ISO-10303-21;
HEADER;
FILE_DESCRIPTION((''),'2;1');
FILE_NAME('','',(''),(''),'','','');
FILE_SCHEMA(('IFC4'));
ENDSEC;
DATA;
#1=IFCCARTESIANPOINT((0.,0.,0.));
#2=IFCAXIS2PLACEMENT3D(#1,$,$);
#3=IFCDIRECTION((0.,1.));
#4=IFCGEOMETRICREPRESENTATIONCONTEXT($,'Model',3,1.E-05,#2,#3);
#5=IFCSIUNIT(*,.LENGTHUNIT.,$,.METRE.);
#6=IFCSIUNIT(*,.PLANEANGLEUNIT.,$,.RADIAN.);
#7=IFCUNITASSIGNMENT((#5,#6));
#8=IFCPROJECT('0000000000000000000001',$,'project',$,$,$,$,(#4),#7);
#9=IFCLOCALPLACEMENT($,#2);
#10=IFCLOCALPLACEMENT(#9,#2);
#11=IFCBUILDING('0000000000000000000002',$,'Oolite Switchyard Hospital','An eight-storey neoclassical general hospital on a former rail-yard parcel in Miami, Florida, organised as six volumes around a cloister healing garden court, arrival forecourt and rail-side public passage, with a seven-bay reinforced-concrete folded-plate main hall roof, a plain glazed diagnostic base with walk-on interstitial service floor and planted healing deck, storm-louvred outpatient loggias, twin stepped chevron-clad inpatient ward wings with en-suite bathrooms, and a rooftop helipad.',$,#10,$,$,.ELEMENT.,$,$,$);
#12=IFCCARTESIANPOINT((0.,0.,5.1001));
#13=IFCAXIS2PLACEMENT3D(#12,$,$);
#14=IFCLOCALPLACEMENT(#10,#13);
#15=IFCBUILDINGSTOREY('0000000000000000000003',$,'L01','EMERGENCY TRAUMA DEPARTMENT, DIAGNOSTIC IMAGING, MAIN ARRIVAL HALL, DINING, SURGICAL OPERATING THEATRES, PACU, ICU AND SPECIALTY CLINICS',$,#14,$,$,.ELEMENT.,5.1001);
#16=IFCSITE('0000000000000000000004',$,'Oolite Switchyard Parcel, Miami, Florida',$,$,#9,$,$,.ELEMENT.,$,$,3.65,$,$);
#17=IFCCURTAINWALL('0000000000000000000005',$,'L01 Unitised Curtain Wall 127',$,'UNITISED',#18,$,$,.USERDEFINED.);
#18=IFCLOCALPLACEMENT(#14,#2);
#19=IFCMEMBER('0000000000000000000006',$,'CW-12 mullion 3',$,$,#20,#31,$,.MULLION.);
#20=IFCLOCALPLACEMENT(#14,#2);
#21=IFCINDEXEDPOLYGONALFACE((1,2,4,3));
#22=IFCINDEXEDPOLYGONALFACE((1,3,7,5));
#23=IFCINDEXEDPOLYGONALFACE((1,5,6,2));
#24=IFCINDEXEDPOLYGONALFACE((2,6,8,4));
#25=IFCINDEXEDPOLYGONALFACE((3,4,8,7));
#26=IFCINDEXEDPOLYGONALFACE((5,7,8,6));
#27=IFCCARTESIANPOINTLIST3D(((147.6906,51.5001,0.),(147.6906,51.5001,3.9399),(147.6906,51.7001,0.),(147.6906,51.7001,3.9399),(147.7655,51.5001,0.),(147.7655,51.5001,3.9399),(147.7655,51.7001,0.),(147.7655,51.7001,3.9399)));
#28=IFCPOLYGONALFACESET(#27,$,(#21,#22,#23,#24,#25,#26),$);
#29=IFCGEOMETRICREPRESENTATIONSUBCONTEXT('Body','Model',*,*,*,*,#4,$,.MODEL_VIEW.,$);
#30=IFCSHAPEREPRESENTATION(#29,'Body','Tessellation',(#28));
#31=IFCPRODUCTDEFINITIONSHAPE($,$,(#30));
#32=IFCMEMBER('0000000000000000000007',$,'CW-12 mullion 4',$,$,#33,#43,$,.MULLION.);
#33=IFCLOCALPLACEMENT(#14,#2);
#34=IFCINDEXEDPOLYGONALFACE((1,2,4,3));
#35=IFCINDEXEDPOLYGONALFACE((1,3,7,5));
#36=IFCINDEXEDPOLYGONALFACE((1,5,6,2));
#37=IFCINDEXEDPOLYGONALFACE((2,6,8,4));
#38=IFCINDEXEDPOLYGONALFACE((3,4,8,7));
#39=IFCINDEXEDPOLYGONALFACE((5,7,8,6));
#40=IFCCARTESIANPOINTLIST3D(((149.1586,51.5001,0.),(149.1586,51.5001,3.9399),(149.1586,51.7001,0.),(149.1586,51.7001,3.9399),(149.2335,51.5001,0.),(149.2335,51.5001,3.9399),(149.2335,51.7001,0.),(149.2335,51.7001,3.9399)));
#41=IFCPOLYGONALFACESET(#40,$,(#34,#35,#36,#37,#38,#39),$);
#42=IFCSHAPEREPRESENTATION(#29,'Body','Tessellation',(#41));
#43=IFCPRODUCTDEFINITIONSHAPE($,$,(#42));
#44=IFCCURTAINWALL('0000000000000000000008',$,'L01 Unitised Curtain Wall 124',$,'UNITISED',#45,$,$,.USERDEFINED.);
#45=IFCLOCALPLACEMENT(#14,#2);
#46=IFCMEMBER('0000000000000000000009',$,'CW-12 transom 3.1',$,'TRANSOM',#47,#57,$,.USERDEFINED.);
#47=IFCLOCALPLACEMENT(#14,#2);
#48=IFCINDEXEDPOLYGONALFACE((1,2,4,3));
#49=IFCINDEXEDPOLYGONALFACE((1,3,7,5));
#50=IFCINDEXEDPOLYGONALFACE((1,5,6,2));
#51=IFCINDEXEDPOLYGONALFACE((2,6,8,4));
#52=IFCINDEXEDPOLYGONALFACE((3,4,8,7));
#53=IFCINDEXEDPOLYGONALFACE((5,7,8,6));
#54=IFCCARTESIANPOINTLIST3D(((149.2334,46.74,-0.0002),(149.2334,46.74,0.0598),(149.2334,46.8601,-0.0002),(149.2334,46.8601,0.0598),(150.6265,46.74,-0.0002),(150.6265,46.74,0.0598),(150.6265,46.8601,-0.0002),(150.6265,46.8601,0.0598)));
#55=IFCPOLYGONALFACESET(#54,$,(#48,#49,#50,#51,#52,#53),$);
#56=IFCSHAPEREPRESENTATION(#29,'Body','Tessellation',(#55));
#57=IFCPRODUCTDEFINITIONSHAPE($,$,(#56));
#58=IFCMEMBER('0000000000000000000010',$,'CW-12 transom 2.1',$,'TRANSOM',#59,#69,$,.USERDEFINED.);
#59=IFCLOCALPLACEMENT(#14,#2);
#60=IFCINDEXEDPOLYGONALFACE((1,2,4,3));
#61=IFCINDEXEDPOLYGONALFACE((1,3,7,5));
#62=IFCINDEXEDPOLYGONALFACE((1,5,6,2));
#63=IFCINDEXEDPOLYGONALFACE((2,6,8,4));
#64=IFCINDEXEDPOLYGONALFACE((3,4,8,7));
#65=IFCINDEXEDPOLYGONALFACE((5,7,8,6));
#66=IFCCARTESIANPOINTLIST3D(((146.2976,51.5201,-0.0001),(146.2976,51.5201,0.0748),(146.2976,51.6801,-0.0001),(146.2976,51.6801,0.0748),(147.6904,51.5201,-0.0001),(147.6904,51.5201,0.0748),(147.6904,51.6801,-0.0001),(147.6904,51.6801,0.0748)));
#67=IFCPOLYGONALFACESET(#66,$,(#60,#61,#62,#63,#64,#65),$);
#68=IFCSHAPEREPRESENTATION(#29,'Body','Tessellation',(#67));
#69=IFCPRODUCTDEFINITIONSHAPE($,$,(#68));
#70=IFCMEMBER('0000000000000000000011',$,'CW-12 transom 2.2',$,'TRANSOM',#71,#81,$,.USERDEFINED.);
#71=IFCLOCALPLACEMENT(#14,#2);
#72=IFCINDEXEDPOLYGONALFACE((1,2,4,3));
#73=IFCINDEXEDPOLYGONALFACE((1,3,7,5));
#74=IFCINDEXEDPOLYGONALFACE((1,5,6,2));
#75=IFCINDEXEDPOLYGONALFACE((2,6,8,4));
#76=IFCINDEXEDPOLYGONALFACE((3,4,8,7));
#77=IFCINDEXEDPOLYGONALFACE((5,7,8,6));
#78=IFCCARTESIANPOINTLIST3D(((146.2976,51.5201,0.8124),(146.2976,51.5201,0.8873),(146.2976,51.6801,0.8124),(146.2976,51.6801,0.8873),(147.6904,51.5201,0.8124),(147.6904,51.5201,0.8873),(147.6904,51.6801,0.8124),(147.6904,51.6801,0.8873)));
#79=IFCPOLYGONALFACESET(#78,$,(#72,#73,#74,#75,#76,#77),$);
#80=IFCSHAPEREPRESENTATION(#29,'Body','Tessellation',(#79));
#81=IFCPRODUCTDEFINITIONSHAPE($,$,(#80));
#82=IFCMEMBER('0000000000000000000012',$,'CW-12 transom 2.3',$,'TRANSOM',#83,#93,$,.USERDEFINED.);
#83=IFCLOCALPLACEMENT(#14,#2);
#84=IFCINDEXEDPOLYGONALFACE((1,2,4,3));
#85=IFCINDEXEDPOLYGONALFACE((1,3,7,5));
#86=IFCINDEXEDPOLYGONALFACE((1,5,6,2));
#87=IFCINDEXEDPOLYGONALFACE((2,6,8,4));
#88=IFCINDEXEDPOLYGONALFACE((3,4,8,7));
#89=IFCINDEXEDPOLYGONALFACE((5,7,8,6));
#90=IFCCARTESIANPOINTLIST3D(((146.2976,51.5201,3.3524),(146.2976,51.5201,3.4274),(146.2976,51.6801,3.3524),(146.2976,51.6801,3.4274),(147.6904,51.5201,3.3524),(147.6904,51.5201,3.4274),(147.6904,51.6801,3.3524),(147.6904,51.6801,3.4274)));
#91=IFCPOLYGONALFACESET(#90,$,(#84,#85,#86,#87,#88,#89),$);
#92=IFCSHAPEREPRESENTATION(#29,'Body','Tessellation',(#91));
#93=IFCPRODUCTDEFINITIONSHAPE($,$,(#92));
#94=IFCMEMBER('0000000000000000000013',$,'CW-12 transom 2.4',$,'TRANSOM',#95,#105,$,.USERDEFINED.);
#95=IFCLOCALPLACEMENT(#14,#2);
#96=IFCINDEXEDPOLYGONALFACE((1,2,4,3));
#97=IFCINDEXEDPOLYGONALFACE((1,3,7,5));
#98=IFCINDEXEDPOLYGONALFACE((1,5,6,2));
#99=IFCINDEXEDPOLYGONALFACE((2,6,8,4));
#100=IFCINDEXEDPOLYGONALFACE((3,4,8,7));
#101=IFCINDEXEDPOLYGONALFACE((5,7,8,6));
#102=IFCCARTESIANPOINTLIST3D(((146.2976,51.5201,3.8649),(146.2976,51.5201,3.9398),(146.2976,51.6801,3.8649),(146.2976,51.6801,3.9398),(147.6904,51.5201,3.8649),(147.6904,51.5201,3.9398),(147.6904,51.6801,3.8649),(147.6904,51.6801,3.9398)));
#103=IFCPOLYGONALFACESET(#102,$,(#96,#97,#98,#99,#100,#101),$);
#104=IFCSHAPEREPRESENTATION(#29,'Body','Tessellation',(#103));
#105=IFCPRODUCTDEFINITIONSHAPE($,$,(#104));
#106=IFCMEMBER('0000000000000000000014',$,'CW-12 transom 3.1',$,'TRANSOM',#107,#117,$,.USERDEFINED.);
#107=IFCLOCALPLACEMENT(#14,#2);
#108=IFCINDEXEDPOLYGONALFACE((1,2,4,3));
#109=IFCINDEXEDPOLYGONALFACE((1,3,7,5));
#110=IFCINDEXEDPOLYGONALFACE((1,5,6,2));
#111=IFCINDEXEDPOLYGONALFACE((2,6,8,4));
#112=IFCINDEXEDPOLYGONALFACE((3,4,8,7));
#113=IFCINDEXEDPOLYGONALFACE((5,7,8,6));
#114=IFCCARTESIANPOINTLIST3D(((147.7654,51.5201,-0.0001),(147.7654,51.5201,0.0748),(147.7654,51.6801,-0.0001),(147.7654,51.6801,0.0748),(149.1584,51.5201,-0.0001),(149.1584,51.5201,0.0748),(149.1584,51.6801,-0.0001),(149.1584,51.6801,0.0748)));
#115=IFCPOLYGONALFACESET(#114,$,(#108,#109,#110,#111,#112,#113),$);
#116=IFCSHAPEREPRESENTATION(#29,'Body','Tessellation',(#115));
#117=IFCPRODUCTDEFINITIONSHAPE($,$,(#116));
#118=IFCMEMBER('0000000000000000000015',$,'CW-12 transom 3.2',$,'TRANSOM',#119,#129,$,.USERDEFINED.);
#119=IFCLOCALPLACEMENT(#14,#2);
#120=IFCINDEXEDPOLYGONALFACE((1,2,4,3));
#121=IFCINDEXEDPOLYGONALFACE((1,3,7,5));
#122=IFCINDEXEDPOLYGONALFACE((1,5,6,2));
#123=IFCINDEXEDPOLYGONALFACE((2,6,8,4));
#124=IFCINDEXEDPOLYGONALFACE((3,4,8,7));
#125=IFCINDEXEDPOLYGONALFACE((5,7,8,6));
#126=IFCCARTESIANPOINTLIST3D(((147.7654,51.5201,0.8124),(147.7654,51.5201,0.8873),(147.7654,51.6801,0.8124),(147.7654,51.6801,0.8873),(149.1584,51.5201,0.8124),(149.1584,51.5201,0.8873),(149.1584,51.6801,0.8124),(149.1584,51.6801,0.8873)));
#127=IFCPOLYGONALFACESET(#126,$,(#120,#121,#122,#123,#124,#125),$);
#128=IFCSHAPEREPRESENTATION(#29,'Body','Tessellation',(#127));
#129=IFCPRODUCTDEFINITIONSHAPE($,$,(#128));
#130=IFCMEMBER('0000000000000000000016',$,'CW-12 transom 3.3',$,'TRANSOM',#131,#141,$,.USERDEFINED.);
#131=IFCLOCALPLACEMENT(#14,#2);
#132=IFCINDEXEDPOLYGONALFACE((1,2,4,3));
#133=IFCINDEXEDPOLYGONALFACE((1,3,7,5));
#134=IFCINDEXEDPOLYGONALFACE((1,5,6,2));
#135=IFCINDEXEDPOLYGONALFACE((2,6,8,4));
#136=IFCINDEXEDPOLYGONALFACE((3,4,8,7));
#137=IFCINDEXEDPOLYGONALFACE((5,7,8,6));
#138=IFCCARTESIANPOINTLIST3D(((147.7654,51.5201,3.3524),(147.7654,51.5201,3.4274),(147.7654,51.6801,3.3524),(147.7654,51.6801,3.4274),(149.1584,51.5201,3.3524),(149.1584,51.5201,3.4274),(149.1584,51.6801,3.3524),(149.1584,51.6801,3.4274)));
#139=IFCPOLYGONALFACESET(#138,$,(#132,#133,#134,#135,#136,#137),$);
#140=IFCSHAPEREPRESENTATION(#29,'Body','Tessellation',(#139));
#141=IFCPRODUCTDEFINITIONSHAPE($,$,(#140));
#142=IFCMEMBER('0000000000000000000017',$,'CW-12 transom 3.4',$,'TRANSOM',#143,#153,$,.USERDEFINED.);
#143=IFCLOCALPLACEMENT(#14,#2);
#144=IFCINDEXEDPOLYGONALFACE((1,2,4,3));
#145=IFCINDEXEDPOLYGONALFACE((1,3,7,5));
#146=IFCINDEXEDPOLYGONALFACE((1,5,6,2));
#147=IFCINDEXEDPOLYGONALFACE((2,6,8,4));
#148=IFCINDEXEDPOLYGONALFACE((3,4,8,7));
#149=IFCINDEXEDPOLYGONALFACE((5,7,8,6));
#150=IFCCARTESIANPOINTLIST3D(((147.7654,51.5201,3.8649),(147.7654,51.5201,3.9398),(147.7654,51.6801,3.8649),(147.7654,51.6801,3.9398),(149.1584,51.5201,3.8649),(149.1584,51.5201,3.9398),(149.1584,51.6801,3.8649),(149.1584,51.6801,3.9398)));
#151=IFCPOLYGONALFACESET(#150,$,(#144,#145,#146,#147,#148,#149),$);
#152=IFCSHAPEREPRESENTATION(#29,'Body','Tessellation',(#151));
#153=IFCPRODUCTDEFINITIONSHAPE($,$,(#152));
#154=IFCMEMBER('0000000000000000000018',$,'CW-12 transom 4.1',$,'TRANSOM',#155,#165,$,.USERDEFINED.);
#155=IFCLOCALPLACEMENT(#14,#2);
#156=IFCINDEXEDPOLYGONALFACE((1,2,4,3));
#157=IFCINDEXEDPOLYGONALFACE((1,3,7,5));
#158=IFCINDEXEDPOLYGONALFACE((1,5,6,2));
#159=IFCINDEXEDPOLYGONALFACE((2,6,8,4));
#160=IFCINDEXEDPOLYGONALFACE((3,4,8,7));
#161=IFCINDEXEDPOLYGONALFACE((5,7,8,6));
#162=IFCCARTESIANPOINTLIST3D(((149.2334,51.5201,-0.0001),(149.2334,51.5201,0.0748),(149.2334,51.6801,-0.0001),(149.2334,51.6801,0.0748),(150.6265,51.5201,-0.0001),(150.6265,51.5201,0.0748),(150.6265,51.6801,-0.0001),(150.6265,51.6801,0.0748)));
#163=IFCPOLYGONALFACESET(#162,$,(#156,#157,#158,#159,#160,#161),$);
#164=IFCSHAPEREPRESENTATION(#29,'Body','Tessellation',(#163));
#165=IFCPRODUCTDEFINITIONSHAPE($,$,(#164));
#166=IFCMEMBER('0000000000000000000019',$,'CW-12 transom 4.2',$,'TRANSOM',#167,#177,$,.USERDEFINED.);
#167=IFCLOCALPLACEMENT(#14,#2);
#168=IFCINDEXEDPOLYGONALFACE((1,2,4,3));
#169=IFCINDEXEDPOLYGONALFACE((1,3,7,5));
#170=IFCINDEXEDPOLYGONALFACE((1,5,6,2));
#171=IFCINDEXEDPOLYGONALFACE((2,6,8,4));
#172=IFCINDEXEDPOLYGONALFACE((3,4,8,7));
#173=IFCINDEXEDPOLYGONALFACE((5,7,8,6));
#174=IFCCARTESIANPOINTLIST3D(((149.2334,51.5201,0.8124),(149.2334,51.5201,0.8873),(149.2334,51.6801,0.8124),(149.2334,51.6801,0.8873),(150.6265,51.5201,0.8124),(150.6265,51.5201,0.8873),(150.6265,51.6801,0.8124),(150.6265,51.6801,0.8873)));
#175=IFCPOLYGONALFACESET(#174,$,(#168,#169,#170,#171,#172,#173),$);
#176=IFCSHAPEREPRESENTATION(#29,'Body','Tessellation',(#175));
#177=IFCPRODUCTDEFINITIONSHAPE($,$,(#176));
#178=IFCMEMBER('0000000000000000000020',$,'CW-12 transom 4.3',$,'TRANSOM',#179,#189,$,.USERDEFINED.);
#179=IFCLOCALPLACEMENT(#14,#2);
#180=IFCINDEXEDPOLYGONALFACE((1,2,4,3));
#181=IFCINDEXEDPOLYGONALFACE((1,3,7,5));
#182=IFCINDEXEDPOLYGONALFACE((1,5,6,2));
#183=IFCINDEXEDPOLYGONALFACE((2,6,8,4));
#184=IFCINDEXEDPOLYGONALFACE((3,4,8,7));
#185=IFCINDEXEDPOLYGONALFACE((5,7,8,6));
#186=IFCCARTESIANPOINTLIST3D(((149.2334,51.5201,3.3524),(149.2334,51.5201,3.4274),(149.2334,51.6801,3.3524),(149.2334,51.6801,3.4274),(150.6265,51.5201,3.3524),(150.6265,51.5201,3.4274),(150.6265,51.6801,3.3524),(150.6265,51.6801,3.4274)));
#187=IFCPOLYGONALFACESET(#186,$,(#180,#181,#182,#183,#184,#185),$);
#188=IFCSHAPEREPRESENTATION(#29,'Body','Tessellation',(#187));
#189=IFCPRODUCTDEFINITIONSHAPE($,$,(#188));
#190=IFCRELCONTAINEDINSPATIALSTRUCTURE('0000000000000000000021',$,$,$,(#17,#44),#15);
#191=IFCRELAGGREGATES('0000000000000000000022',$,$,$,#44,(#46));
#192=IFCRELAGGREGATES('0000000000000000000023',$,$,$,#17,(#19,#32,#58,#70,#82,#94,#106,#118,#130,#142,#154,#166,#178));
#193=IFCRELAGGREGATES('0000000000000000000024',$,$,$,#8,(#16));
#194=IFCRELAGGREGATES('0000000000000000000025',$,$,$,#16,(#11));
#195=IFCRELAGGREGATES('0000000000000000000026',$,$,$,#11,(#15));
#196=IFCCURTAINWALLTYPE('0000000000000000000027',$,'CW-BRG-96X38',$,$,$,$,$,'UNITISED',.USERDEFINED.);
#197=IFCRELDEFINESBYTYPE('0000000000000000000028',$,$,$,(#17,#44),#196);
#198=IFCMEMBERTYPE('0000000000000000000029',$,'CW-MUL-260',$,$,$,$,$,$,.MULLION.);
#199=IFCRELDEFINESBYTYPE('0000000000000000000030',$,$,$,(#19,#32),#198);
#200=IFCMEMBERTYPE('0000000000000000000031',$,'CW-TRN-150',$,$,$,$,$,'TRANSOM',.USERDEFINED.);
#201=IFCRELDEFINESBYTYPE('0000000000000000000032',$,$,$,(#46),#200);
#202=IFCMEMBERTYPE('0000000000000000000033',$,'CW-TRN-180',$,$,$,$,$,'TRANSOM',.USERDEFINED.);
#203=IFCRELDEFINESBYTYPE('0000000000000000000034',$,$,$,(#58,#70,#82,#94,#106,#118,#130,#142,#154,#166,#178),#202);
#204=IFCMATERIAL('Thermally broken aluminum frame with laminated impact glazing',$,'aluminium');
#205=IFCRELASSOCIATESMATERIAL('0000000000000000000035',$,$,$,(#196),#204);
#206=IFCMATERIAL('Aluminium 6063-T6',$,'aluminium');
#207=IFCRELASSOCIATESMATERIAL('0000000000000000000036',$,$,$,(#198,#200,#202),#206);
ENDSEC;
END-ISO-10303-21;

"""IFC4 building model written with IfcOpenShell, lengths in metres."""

from ifc_helpers import new_model, si_unit, direction, frame, origin, origin_2d, place, context, subcontext, project, spatial, rectangle, extrude, material, material_profile, profile_set, type_object, element, aggregate, save


model = new_model("IFC4")

# Units and contexts
model_context = context("Model", 3, precision=1e-05, world=origin(), true_north=direction((0.0, 1.0)))
body_context = subcontext(model_context, "Body", "Model", "MODEL_VIEW")
ifc_project = project(units=[si_unit("LENGTHUNIT", "METRE"), si_unit("PLANEANGLEUNIT", "RADIAN")], contexts=[model_context])

# Site, building, storey
site_placement = place(None, origin())
site = spatial("IfcSite", under=ifc_project, at=site_placement, Name="Oolite Switchyard Parcel, Miami, Florida", CompositionType="ELEMENT", RefElevation=3.65)
building_placement = place(site_placement, origin())
building = spatial("IfcBuilding", under=site, at=building_placement, Name="Oolite Switchyard Hospital", Description="An eight-storey neoclassical general hospital on a former rail-yard parcel in Miami, Florida, organised as six volumes around a cloister healing garden court, arrival forecourt and rail-side public passage, with a seven-bay reinforced-concrete folded-plate main hall roof, a plain glazed diagnostic base with walk-on interstitial service floor and planted healing deck, storm-louvred outpatient loggias, twin stepped chevron-clad inpatient ward wings with en-suite bathrooms, and a rooftop helipad.", CompositionType="ELEMENT")
storey_placement = place(building_placement, frame((0.0, 0.0, 5.1001)))
storey = spatial("IfcBuildingStorey", under=building, at=storey_placement, Name="L01", Description="EMERGENCY TRAUMA DEPARTMENT, DIAGNOSTIC IMAGING, MAIN ARRIVAL HALL, DINING, SURGICAL OPERATING THEATRES, PACU, ICU AND SPECIALTY CLINICS", CompositionType="ELEMENT", Elevation=5.1001)

# Curtain wall, members
ifc_material_1 = material(Name="Thermally broken aluminum frame with laminated impact glazing", Category="aluminium")
curtain_wall_type = type_object("IfcCurtainWallType", Name="CW-BRG-96X38", ElementType="UNITISED", PredefinedType="USERDEFINED", material=ifc_material_1)
curtain_wall_1_placement = place(storey_placement, origin())
curtain_wall_1 = element("IfcCurtainWall", 1, at=curtain_wall_1_placement, inside=storey, type_object=curtain_wall_type, Name="L01 Unitised Curtain Wall 127", ObjectType="UNITISED", PredefinedType="USERDEFINED")
ifc_material_2 = material(Name="Aluminium 6063-T6", Category="aluminium")
ifc_material_profile_1 = material_profile(ifc_material_2, rectangle(XDim=0.2, YDim=0.075, at=origin_2d()), Name="CWM75X200")
ifc_profile_set_1 = profile_set([ifc_material_profile_1], Name="Aluminium 6063-T6")
member_type_1 = type_object("IfcMemberType", Name="CW-MUL-260", PredefinedType="MULLION", material=ifc_profile_set_1)
member_1_placement = place(storey_placement, frame((147.728, 51.6001, 0.0), z_axis=(0.0, 0.0, 1.0), x_axis=(0.0, 1.0, 0.0)))
member_1 = element("IfcMember", 2, at=member_1_placement, type_object=member_type_1, Name="CW-12 mullion 3", PredefinedType="MULLION", context=body_context, shape_type="SweptSolid", body=[
    extrude(rectangle(XDim=0.2, YDim=0.075, at=origin_2d()), origin(), (0.0, 0.0, 1.0), 3.9399),
])
member_2_placement = place(storey_placement, frame((149.196, 51.6001, 0.0), z_axis=(0.0, 0.0, 1.0), x_axis=(0.0, 1.0, 0.0)))
member_2 = element("IfcMember", 3, at=member_2_placement, type_object=member_type_1, Name="CW-12 mullion 4", PredefinedType="MULLION", context=body_context, shape_type="SweptSolid", body=[
    extrude(rectangle(XDim=0.2, YDim=0.075, at=origin_2d()), origin(), (0.0, 0.0, 1.0), 3.9399),
])

# Curtain wall, member
curtain_wall_2_placement = place(storey_placement, origin())
curtain_wall_2 = element("IfcCurtainWall", 4, at=curtain_wall_2_placement, inside=storey, type_object=curtain_wall_type, Name="L01 Unitised Curtain Wall 124", ObjectType="UNITISED", PredefinedType="USERDEFINED")
ifc_material_profile_2 = material_profile(ifc_material_2, rectangle(XDim=0.1201, YDim=0.0601, at=origin_2d()), Name="CWT60X120")
ifc_profile_set_2 = profile_set([ifc_material_profile_2], Name="Aluminium 6063-T6")
member_type_2 = type_object("IfcMemberType", Name="CW-TRN-150", ElementType="TRANSOM", PredefinedType="USERDEFINED", material=ifc_profile_set_2)
member_3_placement = place(storey_placement, frame((150.6265, 46.8, 0.0298), z_axis=(-1.0, 0.0, 0.0), x_axis=(0.0, -1.0, 0.0)))
member_3 = element("IfcMember", 5, at=member_3_placement, type_object=member_type_2, Name="CW-12 transom 3.1", ObjectType="TRANSOM", PredefinedType="USERDEFINED", context=body_context, shape_type="SweptSolid", body=[
    extrude(rectangle(XDim=0.1201, YDim=0.0601, at=origin_2d()), origin(), (0.0, 0.0, 1.0), 1.3931),
])

# Members
ifc_material_profile_3 = material_profile(ifc_material_2, rectangle(XDim=0.1599, YDim=0.075, at=origin_2d()), Name="CWT75X160")
ifc_profile_set_3 = profile_set([ifc_material_profile_3], Name="Aluminium 6063-T6")
member_type_3 = type_object("IfcMemberType", Name="CW-TRN-180", ElementType="TRANSOM", PredefinedType="USERDEFINED", material=ifc_profile_set_3)
member_4_placement = place(storey_placement, frame((146.2976, 51.6001, 0.0374), z_axis=(1.0, 0.0, 0.0), x_axis=(0.0, 1.0, 0.0)))
member_4 = element("IfcMember", 6, at=member_4_placement, type_object=member_type_3, Name="CW-12 transom 2.1", ObjectType="TRANSOM", PredefinedType="USERDEFINED", context=body_context, shape_type="SweptSolid", body=[
    extrude(rectangle(XDim=0.1599, YDim=0.075, at=origin_2d()), origin(), (0.0, 0.0, 1.0), 1.3928),
])
member_5_placement = place(storey_placement, frame((146.2976, 51.6001, 0.8499), z_axis=(1.0, 0.0, 0.0), x_axis=(0.0, 1.0, 0.0)))
member_5 = element("IfcMember", 7, at=member_5_placement, type_object=member_type_3, Name="CW-12 transom 2.2", ObjectType="TRANSOM", PredefinedType="USERDEFINED", context=body_context, shape_type="SweptSolid", body=[
    extrude(rectangle(XDim=0.1599, YDim=0.075, at=origin_2d()), origin(), (0.0, 0.0, 1.0), 1.3928),
])
member_6_placement = place(storey_placement, frame((146.2976, 51.6001, 3.3899), z_axis=(1.0, 0.0, 0.0), x_axis=(0.0, 1.0, 0.0)))
member_6 = element("IfcMember", 8, at=member_6_placement, type_object=member_type_3, Name="CW-12 transom 2.3", ObjectType="TRANSOM", PredefinedType="USERDEFINED", context=body_context, shape_type="SweptSolid", body=[
    extrude(rectangle(XDim=0.1599, YDim=0.075, at=origin_2d()), origin(), (0.0, 0.0, 1.0), 1.3928),
])
member_7_placement = place(storey_placement, frame((146.2976, 51.6001, 3.9023), z_axis=(1.0, 0.0, 0.0), x_axis=(0.0, 1.0, 0.0)))
member_7 = element("IfcMember", 9, at=member_7_placement, type_object=member_type_3, Name="CW-12 transom 2.4", ObjectType="TRANSOM", PredefinedType="USERDEFINED", context=body_context, shape_type="SweptSolid", body=[
    extrude(rectangle(XDim=0.1599, YDim=0.075, at=origin_2d()), origin(), (0.0, 0.0, 1.0), 1.3928),
])
member_8_placement = place(storey_placement, frame((147.7654, 51.6001, 0.0374), z_axis=(1.0, 0.0, 0.0), x_axis=(0.0, 1.0, 0.0)))
member_8 = element("IfcMember", 10, at=member_8_placement, type_object=member_type_3, Name="CW-12 transom 3.1", ObjectType="TRANSOM", PredefinedType="USERDEFINED", context=body_context, shape_type="SweptSolid", body=[
    extrude(rectangle(XDim=0.1599, YDim=0.075, at=origin_2d()), origin(), (0.0, 0.0, 1.0), 1.3931),
])
member_9_placement = place(storey_placement, frame((147.7654, 51.6001, 0.8499), z_axis=(1.0, 0.0, 0.0), x_axis=(0.0, 1.0, 0.0)))
member_9 = element("IfcMember", 11, at=member_9_placement, type_object=member_type_3, Name="CW-12 transom 3.2", ObjectType="TRANSOM", PredefinedType="USERDEFINED", context=body_context, shape_type="SweptSolid", body=[
    extrude(rectangle(XDim=0.1599, YDim=0.075, at=origin_2d()), origin(), (0.0, 0.0, 1.0), 1.3931),
])
member_10_placement = place(storey_placement, frame((147.7654, 51.6001, 3.3899), z_axis=(1.0, 0.0, 0.0), x_axis=(0.0, 1.0, 0.0)))
member_10 = element("IfcMember", 12, at=member_10_placement, type_object=member_type_3, Name="CW-12 transom 3.3", ObjectType="TRANSOM", PredefinedType="USERDEFINED", context=body_context, shape_type="SweptSolid", body=[
    extrude(rectangle(XDim=0.1599, YDim=0.075, at=origin_2d()), origin(), (0.0, 0.0, 1.0), 1.3931),
])
member_11_placement = place(storey_placement, frame((147.7654, 51.6001, 3.9023), z_axis=(1.0, 0.0, 0.0), x_axis=(0.0, 1.0, 0.0)))
member_11 = element("IfcMember", 13, at=member_11_placement, type_object=member_type_3, Name="CW-12 transom 3.4", ObjectType="TRANSOM", PredefinedType="USERDEFINED", context=body_context, shape_type="SweptSolid", body=[
    extrude(rectangle(XDim=0.1599, YDim=0.075, at=origin_2d()), origin(), (0.0, 0.0, 1.0), 1.3931),
])
member_12_placement = place(storey_placement, frame((149.2334, 51.6001, 0.0374), z_axis=(1.0, 0.0, 0.0), x_axis=(0.0, 1.0, 0.0)))
member_12 = element("IfcMember", 14, at=member_12_placement, type_object=member_type_3, Name="CW-12 transom 4.1", ObjectType="TRANSOM", PredefinedType="USERDEFINED", context=body_context, shape_type="SweptSolid", body=[
    extrude(rectangle(XDim=0.1599, YDim=0.075, at=origin_2d()), origin(), (0.0, 0.0, 1.0), 1.3931),
])
member_13_placement = place(storey_placement, frame((149.2334, 51.6001, 0.8499), z_axis=(1.0, 0.0, 0.0), x_axis=(0.0, 1.0, 0.0)))
member_13 = element("IfcMember", 15, at=member_13_placement, type_object=member_type_3, Name="CW-12 transom 4.2", ObjectType="TRANSOM", PredefinedType="USERDEFINED", context=body_context, shape_type="SweptSolid", body=[
    extrude(rectangle(XDim=0.1599, YDim=0.075, at=origin_2d()), origin(), (0.0, 0.0, 1.0), 1.3931),
])
member_14_placement = place(storey_placement, frame((149.2334, 51.6001, 3.3899), z_axis=(1.0, 0.0, 0.0), x_axis=(0.0, 1.0, 0.0)))
member_14 = element("IfcMember", 16, at=member_14_placement, type_object=member_type_3, Name="CW-12 transom 4.3", ObjectType="TRANSOM", PredefinedType="USERDEFINED", context=body_context, shape_type="SweptSolid", body=[
    extrude(rectangle(XDim=0.1599, YDim=0.075, at=origin_2d()), origin(), (0.0, 0.0, 1.0), 1.3931),
])

aggregate(curtain_wall_2, [member_3])
aggregate(curtain_wall_1, [member_1, member_2, member_4, member_5, member_6, member_7, member_8, member_9, member_10, member_11, member_12, member_13, member_14])

save(model, "model.ifc")
